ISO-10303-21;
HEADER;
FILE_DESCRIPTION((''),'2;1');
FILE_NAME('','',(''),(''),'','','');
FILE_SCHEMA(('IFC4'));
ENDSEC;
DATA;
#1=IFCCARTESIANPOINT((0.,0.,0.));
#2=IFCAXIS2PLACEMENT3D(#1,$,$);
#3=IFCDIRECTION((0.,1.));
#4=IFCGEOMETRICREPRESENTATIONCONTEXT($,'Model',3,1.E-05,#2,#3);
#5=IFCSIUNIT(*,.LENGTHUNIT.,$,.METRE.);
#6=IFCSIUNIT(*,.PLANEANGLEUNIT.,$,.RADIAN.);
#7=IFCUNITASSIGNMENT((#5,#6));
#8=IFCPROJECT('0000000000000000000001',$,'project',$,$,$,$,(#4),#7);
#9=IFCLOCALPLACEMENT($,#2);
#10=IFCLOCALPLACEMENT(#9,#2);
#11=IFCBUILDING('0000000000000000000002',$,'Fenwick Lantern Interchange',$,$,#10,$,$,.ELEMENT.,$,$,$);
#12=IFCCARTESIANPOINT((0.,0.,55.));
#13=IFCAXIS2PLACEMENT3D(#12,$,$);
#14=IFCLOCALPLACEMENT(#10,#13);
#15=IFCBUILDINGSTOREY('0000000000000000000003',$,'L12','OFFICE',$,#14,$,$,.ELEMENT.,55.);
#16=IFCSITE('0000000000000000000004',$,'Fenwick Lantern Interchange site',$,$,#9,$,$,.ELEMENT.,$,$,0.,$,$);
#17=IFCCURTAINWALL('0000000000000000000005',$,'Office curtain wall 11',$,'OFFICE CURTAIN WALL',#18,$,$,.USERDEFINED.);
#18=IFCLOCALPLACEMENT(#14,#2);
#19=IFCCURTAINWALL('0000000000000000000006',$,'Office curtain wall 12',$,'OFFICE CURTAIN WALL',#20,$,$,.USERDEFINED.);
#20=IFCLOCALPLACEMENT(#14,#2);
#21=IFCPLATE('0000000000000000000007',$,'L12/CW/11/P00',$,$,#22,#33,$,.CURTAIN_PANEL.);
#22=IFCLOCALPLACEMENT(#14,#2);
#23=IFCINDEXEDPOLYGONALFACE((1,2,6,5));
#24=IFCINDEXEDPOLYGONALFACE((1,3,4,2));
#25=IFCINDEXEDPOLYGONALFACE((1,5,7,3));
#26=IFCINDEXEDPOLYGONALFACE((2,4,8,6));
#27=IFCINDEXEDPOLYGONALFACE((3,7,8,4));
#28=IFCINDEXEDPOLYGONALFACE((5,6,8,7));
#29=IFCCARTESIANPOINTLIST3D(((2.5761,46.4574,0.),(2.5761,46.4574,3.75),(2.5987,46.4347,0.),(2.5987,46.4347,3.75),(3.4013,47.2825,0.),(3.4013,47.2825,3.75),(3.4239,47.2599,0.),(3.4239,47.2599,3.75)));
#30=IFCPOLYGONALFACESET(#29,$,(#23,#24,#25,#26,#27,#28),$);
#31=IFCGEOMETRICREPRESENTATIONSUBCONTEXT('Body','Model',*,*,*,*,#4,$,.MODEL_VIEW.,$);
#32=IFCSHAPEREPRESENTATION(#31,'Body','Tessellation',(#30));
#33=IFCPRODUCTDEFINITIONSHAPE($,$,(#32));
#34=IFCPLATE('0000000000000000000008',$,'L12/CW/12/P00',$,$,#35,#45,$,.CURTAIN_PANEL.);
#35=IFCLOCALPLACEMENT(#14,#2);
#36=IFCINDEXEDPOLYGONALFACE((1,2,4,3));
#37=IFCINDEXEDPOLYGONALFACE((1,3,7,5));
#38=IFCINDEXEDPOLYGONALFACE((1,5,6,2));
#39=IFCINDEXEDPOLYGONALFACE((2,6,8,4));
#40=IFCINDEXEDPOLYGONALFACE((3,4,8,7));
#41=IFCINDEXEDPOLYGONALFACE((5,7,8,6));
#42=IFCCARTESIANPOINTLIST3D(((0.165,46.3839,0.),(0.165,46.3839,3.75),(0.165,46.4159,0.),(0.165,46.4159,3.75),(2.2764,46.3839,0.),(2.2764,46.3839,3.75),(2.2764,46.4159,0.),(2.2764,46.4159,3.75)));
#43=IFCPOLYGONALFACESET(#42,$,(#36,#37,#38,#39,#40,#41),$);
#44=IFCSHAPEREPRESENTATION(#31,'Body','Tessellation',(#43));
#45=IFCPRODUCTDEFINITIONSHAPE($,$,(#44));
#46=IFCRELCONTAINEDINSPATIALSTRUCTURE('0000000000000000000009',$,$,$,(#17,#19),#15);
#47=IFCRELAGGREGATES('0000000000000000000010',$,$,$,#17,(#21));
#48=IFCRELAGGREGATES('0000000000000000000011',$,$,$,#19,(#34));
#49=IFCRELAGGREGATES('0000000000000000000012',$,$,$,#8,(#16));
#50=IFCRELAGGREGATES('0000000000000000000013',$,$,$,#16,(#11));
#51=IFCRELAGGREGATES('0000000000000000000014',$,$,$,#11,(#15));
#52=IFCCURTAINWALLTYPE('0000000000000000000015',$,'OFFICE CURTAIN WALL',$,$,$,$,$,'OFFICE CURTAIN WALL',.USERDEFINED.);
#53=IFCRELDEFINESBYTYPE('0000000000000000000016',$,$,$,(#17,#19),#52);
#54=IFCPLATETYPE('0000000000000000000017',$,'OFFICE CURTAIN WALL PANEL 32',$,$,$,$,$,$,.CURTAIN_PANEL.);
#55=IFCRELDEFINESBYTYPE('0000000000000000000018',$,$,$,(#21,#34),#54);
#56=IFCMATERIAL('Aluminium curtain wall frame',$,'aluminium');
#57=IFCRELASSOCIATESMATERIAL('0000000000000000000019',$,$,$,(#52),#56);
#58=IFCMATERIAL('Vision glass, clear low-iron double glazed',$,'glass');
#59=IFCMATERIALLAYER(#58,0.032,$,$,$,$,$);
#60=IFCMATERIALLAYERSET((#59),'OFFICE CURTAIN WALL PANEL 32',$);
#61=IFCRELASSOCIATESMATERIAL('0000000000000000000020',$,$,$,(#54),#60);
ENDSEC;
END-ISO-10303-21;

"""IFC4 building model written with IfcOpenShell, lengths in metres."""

from ifc_helpers import new_model, si_unit, direction, frame, origin, origin_2d, place, context, subcontext, project, spatial, rectangle, extrude, material, layer, layer_set, type_object, element, aggregate, save


model = new_model("IFC4")

# Units and contexts
model_context = context("Model", 3, precision=1e-05, world=origin(), true_north=direction((0.0, 1.0)))
body_context = subcontext(model_context, "Body", "Model", "MODEL_VIEW")
ifc_project = project(units=[si_unit("LENGTHUNIT", "METRE"), si_unit("PLANEANGLEUNIT", "RADIAN")], contexts=[model_context])

# Site, building, storey
site_placement = place(None, origin())
site = spatial("IfcSite", under=ifc_project, at=site_placement, Name="Fenwick Lantern Interchange site", CompositionType="ELEMENT", RefElevation=0.0)
building_placement = place(site_placement, origin())
building = spatial("IfcBuilding", under=site, at=building_placement, Name="Fenwick Lantern Interchange", CompositionType="ELEMENT")
storey_placement = place(building_placement, frame((0.0, 0.0, 55.0)))
storey = spatial("IfcBuildingStorey", under=building, at=storey_placement, Name="L12", Description="OFFICE", CompositionType="ELEMENT", Elevation=55.0)

# Shared definitions
ifc_material_1 = material(Name="Aluminium curtain wall frame", Category="aluminium")
curtain_wall_type = type_object("IfcCurtainWallType", Name="OFFICE CURTAIN WALL", ElementType="OFFICE CURTAIN WALL", PredefinedType="USERDEFINED", material=ifc_material_1)

# Curtain walls
curtain_wall_1_placement = place(storey_placement, origin())
curtain_wall_1 = element("IfcCurtainWall", 1, at=curtain_wall_1_placement, inside=storey, type_object=curtain_wall_type, Name="Office curtain wall 11", ObjectType="OFFICE CURTAIN WALL", PredefinedType="USERDEFINED")
curtain_wall_2_placement = place(storey_placement, origin())
curtain_wall_2 = element("IfcCurtainWall", 2, at=curtain_wall_2_placement, inside=storey, type_object=curtain_wall_type, Name="Office curtain wall 12", ObjectType="OFFICE CURTAIN WALL", PredefinedType="USERDEFINED")

# Plates
ifc_material_2 = material(Name="Vision glass, clear low-iron double glazed", Category="glass")
ifc_layer_1 = layer(ifc_material_2, 0.032)
ifc_layer_set_1 = layer_set([ifc_layer_1], Name="OFFICE CURTAIN WALL PANEL 32")
plate_type = type_object("IfcPlateType", Name="OFFICE CURTAIN WALL PANEL 32", PredefinedType="CURTAIN_PANEL", material=ifc_layer_set_1)
plate_1_placement = place(storey_placement, frame((3.0, 46.8586, 0.0), z_axis=(0.0, 0.0, 1.0), x_axis=(-0.707107, -0.707107, 0.0)))
plate_1 = element("IfcPlate", 3, at=plate_1_placement, type_object=plate_type, Name="L12/CW/11/P00", PredefinedType="CURTAIN_PANEL", context=body_context, shape_type="SweptSolid", body=[
    extrude(rectangle(XDim=1.167, YDim=0.032, at=origin_2d()), origin(), (0.0, 0.0, 1.0), 3.75),
])
aggregate(curtain_wall_1, [plate_1])
plate_2_placement = place(storey_placement, frame((1.2207, 46.3999, 0.0), z_axis=(0.0, 0.0, 1.0), x_axis=(-1.0, 0.0, 0.0)))
plate_2 = element("IfcPlate", 4, at=plate_2_placement, type_object=plate_type, Name="L12/CW/12/P00", PredefinedType="CURTAIN_PANEL", context=body_context, shape_type="SweptSolid", body=[
    extrude(rectangle(XDim=2.1113, YDim=0.032, at=origin_2d()), origin(), (0.0, 0.0, 1.0), 3.75),
])
aggregate(curtain_wall_2, [plate_2])

save(model, "model.ifc")
